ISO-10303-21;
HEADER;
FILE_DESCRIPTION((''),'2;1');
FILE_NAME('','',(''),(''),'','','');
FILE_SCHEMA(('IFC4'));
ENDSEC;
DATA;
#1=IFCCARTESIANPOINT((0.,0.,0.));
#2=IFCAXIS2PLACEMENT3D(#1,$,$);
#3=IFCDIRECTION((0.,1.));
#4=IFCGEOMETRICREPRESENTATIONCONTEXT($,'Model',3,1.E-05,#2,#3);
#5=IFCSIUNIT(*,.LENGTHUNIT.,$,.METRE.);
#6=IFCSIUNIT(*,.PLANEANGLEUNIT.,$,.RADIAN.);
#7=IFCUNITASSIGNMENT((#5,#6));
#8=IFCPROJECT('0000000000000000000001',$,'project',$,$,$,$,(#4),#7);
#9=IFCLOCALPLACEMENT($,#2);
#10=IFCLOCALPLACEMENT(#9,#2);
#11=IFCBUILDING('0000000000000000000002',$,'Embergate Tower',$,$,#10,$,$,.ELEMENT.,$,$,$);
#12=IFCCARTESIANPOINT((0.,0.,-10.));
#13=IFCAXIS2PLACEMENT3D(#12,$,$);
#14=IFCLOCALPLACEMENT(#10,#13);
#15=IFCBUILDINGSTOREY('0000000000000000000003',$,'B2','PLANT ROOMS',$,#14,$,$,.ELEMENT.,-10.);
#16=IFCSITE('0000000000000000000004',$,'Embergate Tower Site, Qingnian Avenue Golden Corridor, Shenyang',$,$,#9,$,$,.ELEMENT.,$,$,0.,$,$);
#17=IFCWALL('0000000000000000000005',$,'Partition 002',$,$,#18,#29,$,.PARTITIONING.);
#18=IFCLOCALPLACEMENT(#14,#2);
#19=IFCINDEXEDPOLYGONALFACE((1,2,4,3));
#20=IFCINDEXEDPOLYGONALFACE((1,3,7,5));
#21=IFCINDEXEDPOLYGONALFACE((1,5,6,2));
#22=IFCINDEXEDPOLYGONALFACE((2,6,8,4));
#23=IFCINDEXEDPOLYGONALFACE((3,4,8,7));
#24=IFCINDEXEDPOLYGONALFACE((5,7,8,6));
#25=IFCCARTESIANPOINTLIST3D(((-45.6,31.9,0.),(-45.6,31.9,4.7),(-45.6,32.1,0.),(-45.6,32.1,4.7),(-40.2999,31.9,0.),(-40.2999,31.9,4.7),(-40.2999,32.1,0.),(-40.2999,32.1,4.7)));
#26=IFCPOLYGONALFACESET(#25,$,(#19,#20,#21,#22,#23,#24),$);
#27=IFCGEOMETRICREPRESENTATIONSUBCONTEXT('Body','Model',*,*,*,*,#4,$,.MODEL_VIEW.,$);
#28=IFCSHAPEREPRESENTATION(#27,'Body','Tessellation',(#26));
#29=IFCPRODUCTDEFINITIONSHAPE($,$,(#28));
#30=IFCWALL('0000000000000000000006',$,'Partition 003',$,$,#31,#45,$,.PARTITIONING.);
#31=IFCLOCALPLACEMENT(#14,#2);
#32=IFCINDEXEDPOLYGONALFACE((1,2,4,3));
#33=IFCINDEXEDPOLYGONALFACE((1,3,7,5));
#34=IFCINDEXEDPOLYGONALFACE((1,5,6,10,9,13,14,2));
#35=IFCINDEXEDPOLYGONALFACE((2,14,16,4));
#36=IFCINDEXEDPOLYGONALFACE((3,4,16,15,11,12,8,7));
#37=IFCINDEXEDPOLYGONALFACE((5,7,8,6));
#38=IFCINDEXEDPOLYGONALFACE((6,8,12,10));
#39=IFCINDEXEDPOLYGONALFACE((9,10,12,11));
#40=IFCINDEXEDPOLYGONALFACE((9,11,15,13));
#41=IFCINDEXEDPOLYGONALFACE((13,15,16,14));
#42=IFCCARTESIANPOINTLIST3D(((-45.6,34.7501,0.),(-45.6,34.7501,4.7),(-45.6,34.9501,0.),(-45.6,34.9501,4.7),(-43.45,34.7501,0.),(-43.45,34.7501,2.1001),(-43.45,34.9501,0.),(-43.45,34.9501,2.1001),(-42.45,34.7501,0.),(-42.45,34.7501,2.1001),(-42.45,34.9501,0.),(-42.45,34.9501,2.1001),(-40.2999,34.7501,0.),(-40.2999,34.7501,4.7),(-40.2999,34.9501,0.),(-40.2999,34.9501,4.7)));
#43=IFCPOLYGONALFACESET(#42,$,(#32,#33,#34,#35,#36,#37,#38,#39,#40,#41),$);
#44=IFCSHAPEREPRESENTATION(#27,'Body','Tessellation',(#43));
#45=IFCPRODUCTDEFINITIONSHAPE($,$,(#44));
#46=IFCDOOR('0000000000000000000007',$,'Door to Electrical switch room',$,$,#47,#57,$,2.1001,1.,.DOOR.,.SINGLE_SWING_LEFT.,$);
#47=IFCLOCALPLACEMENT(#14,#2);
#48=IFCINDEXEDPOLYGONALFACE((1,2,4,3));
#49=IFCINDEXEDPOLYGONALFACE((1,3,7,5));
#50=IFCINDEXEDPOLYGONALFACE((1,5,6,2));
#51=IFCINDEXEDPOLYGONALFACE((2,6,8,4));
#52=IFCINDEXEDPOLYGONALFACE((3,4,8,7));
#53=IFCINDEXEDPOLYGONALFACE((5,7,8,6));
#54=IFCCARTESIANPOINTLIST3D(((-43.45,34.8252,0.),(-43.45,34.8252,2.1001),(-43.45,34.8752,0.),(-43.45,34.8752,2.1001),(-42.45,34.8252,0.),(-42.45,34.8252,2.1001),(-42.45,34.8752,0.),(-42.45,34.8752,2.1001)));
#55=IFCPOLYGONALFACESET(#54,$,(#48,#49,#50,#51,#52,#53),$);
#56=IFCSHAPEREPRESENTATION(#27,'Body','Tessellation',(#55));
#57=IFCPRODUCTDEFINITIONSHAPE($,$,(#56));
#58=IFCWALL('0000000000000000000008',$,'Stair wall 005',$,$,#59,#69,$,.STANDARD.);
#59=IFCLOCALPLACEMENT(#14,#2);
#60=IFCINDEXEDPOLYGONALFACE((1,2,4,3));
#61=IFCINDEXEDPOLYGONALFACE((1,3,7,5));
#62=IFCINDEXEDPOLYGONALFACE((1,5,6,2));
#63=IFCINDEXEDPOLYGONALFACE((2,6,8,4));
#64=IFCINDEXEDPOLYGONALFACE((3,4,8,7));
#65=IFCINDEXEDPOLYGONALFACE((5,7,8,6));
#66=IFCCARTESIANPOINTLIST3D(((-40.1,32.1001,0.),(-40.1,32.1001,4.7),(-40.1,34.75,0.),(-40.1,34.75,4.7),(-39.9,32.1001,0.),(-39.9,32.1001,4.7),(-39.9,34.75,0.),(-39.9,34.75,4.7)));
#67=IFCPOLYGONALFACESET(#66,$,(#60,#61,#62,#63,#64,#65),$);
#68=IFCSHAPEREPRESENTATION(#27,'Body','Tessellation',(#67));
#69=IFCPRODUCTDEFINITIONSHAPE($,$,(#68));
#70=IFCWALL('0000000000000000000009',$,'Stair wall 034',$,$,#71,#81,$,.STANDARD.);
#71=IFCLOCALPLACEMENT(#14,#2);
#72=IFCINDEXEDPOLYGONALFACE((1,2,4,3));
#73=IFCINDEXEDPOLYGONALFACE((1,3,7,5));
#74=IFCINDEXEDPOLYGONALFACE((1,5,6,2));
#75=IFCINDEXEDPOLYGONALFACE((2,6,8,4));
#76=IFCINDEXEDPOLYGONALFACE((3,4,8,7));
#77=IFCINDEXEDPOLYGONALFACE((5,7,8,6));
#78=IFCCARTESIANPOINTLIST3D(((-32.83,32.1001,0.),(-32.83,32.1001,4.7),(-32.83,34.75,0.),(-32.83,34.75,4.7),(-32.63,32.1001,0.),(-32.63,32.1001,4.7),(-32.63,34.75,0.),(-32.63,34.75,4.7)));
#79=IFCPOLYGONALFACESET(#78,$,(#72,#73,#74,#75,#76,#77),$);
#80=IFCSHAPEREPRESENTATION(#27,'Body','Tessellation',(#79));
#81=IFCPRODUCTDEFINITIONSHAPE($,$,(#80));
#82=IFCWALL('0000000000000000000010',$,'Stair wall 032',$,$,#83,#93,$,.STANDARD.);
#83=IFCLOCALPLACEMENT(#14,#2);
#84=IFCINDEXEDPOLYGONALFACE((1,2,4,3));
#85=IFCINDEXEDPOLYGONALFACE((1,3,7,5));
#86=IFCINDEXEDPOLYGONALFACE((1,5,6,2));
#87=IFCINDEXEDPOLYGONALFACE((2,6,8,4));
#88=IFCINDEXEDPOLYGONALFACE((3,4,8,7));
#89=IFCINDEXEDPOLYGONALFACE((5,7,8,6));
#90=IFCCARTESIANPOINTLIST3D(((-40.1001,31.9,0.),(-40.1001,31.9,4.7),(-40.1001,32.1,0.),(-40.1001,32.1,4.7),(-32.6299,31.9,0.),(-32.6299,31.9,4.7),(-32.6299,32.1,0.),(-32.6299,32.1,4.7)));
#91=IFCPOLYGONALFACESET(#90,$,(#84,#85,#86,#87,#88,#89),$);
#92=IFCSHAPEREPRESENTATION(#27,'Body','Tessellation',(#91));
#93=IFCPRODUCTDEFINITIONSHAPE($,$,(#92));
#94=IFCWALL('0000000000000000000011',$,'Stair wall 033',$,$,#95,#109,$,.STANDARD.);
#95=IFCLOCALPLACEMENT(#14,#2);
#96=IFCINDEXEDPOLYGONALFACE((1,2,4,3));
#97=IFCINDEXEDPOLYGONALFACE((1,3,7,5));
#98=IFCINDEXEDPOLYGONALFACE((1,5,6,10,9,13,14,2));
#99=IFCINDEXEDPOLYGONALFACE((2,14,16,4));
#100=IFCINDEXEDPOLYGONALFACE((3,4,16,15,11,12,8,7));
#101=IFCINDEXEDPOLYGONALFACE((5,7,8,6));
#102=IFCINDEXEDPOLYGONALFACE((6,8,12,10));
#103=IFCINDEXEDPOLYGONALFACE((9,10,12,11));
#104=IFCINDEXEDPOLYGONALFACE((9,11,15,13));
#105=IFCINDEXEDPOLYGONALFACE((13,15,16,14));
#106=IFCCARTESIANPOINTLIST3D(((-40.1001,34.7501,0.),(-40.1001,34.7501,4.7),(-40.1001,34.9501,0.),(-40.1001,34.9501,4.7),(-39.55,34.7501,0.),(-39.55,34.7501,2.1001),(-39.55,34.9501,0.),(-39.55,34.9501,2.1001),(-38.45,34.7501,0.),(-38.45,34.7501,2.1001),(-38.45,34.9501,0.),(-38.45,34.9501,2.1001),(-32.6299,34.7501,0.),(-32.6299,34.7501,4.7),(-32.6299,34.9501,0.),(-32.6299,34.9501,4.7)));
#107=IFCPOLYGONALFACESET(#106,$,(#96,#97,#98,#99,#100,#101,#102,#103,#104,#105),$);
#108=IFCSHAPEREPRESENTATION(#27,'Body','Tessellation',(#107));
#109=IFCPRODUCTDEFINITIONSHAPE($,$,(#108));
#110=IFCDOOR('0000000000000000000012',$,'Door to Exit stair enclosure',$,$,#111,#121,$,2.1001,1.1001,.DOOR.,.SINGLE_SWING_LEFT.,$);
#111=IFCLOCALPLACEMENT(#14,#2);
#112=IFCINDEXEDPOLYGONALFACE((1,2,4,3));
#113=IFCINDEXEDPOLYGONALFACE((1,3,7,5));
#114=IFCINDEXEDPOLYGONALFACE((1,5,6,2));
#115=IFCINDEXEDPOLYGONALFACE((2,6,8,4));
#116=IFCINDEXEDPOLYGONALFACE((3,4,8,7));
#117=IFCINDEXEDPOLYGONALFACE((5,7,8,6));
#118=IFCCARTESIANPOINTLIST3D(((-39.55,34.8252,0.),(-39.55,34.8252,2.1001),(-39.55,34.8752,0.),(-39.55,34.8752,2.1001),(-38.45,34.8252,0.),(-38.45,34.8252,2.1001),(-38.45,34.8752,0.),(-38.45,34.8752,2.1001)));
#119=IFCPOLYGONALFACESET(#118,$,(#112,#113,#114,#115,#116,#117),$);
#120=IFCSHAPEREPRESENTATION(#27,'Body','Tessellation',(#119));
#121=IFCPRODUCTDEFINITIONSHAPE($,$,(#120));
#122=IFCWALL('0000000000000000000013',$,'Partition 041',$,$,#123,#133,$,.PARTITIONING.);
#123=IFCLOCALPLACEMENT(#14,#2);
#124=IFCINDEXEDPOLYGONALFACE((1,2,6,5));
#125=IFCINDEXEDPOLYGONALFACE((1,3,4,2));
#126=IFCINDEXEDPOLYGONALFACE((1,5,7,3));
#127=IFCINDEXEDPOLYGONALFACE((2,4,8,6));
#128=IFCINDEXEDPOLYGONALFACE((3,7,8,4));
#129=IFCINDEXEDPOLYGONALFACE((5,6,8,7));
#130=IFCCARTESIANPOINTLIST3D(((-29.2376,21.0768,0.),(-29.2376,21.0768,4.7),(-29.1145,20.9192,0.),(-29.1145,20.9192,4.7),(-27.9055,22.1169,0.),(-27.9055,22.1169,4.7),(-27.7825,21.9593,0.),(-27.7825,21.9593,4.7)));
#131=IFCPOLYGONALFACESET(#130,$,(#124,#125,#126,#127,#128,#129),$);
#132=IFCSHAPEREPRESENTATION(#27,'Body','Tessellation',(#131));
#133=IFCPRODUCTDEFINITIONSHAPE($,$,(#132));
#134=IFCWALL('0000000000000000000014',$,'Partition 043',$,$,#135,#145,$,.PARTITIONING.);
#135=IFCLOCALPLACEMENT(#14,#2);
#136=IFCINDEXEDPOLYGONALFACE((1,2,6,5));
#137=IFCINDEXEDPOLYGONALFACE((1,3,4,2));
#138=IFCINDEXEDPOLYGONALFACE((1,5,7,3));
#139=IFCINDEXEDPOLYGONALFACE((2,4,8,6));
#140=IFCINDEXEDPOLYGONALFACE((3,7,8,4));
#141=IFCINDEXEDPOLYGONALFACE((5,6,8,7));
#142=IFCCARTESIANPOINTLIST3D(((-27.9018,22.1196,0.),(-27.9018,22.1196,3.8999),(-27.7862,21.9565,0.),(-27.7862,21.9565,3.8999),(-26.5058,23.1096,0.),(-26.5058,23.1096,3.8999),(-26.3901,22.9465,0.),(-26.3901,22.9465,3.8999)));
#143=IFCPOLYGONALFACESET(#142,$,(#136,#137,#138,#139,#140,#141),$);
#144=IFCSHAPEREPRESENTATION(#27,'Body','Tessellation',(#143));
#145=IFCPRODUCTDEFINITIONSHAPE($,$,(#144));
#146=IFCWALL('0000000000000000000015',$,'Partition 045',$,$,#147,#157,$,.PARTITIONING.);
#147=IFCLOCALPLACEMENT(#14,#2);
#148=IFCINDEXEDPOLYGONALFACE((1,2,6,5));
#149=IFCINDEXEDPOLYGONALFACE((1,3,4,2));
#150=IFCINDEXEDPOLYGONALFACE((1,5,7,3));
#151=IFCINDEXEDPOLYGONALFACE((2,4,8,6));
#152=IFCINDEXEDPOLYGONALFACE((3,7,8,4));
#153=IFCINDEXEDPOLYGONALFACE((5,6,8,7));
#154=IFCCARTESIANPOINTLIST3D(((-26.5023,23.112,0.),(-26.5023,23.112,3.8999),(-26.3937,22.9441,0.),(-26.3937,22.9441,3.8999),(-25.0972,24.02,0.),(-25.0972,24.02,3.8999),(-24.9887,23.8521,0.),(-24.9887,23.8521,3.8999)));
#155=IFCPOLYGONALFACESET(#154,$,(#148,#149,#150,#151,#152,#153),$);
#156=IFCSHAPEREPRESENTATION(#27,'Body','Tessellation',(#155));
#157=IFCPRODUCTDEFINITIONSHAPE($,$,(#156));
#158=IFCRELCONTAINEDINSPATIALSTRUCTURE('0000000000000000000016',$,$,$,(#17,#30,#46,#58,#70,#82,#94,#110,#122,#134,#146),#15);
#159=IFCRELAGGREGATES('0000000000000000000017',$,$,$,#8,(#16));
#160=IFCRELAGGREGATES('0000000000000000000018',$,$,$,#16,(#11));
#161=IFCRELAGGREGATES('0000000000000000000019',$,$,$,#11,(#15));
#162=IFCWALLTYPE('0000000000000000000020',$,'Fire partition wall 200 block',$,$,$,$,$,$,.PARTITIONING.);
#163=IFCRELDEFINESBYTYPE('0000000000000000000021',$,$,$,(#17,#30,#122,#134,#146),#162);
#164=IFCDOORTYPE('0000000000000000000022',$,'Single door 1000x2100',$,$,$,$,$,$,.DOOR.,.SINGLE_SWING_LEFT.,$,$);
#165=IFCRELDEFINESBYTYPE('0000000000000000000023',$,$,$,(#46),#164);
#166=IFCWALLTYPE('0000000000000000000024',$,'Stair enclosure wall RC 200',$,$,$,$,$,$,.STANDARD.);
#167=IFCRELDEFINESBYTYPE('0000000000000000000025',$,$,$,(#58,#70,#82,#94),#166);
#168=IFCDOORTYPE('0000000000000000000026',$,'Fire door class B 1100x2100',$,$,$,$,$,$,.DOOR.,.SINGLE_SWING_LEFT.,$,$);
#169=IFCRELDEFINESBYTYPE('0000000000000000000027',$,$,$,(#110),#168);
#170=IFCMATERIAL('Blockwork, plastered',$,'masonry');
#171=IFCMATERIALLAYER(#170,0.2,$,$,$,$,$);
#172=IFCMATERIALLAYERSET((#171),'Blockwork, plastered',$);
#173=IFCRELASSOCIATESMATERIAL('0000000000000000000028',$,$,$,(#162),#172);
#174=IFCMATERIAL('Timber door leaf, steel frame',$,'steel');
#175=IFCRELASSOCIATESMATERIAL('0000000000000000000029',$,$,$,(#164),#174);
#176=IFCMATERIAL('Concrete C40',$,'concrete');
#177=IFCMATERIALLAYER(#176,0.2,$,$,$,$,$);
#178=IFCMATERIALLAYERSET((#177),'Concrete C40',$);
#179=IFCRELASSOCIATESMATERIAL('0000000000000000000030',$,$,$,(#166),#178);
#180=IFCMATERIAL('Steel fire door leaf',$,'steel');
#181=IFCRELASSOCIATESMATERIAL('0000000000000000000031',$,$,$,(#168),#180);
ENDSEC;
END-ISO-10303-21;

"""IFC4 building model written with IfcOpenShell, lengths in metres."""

from ifc_helpers import new_model, si_unit, direction, frame, frame_2d, origin, place, context, subcontext, project, spatial, rectangle, extrude, source, transform, mapped, material, layer, layer_set, type_object, element, fill, save


model = new_model("IFC4")

# Units and contexts
model_context = context("Model", 3, precision=1e-05, world=origin(), true_north=direction((0.0, 1.0)))
body_context = subcontext(model_context, "Body", "Model", "MODEL_VIEW")
ifc_project = project(units=[si_unit("LENGTHUNIT", "METRE"), si_unit("PLANEANGLEUNIT", "RADIAN")], contexts=[model_context])

# Site, building, storey
site_placement = place(None, origin())
site = spatial("IfcSite", under=ifc_project, at=site_placement, Name="Embergate Tower Site, Qingnian Avenue Golden Corridor, Shenyang", CompositionType="ELEMENT", RefElevation=0.0)
building_placement = place(site_placement, origin())
building = spatial("IfcBuilding", under=site, at=building_placement, Name="Embergate Tower", CompositionType="ELEMENT")
storey_placement = place(building_placement, frame((0.0, 0.0, -10.0)))
storey = spatial("IfcBuildingStorey", under=building, at=storey_placement, Name="B2", Description="PLANT ROOMS", CompositionType="ELEMENT", Elevation=-10.0)

# Shared definitions
ifc_material_1 = material(Name="Concrete C40", Category="concrete")

# Wall
ifc_material_2 = material(Name="Blockwork, plastered", Category="masonry")
ifc_layer_1 = layer(ifc_material_2, 0.2)
ifc_layer_set_1 = layer_set([ifc_layer_1], Name="Blockwork, plastered")
wall_type_1 = type_object("IfcWallType", Name="Fire partition wall 200 block", PredefinedType="PARTITIONING", material=ifc_layer_set_1)
shared_shape_1 = source(origin(), body_context, "Body", "SweptSolid", [
    extrude(rectangle(XDim=5.3, YDim=0.2, at=frame_2d((2.6499, 0.0))), origin(), (0.0, 0.0, 1.0), 4.7),
])
wall_1_placement = place(storey_placement, frame((-40.3, 32.0, 0.0), z_axis=(0.0, 0.0, 1.0), x_axis=(-1.0, 0.0, 0.0)))
element("IfcWall", 1, at=wall_1_placement, inside=storey, type_object=wall_type_1, Name="Partition 002", PredefinedType="PARTITIONING", context=body_context, shape_type="MappedRepresentation", body=[
    mapped(shared_shape_1, transform((0.0, 0.0, 0.0))),
])

# Wall, opening, door
wall_2_placement = place(storey_placement, frame((-40.3, 34.8501, 0.0), z_axis=(0.0, 0.0, 1.0), x_axis=(-1.0, 0.0, 0.0)))
wall_2 = element("IfcWall", 2, at=wall_2_placement, inside=storey, type_object=wall_type_1, Name="Partition 003", PredefinedType="PARTITIONING", context=body_context, shape_type="MappedRepresentation", body=[
    mapped(shared_shape_1, transform((0.0, 0.0, 0.0))),
])
shared_shape_2 = source(origin(), body_context, "Body", "SweptSolid", [
    extrude(rectangle(XDim=1.0, YDim=2.1001, at=frame_2d((0.5, 1.05))), frame((0.0, 0.1099, 0.0), z_axis=(0.0, -1.0, 0.0), x_axis=(1.0, 0.0, 0.0)), (0.0, 0.0, 1.0), 0.22),
])
opening_1_placement = place(wall_2_placement, frame((2.1499, 0.0, 0.0)))
opening_1 = element("IfcOpeningElement", 3, at=opening_1_placement, cuts=wall_2, PredefinedType="OPENING", context=body_context, shape_type="MappedRepresentation", body=[
    mapped(shared_shape_2, transform((0.0, 0.0, 0.0))),
])
ifc_material_3 = material(Name="Timber door leaf, steel frame", Category="steel")
door_type_1 = type_object("IfcDoorType", Name="Single door 1000x2100", OperationType="SINGLE_SWING_LEFT", PredefinedType="DOOR", material=ifc_material_3)
shared_shape_3 = source(origin(), body_context, "Body", "SweptSolid", [
    extrude(rectangle(XDim=1.0, YDim=2.1001, at=frame_2d((0.5, 1.05))), frame((0.0, 0.0249, 0.0), z_axis=(0.0, -1.0, 0.0), x_axis=(1.0, 0.0, 0.0)), (0.0, 0.0, 1.0), 0.05),
])
door_1_placement = place(opening_1_placement, origin())
door_1 = element("IfcDoor", 4, at=door_1_placement, inside=storey, type_object=door_type_1, Name="Door to Electrical switch room", OperationType="SINGLE_SWING_LEFT", OverallHeight=2.1001, OverallWidth=1.0, PredefinedType="DOOR", context=body_context, shape_type="MappedRepresentation", body=[
    mapped(shared_shape_3, transform((0.0, 0.0, 0.0))),
])
fill(opening_1, door_1)

# Walls
ifc_layer_2 = layer(ifc_material_1, 0.2)
ifc_layer_set_2 = layer_set([ifc_layer_2], Name="Concrete C40")
wall_type_2 = type_object("IfcWallType", Name="Stair enclosure wall RC 200", PredefinedType="STANDARD", material=ifc_layer_set_2)
shared_shape_4 = source(origin(), body_context, "Body", "SweptSolid", [
    extrude(rectangle(XDim=2.6499, YDim=0.2, at=frame_2d((1.325, 0.0))), origin(), (0.0, 0.0, 1.0), 4.7),
])
for number, where, z_axis, x_axis, name in (
    (5, (-40.0, 32.1001, 0.0), (0.0, 0.0, 1.0), (0.0, 1.0, 0.0), "Stair wall 005"),
    (6, (-32.73, 34.75, 0.0), (0.0, 0.0, 1.0), (0.0, -1.0, 0.0), "Stair wall 034"),
):
    element("IfcWall", number, at=place(storey_placement, frame(where, z_axis=z_axis, x_axis=x_axis)), inside=storey, type_object=wall_type_2, Name=name, PredefinedType="STANDARD", context=body_context, shape_type="MappedRepresentation", body=[
        mapped(shared_shape_4, transform((0.0, 0.0, 0.0))),
    ])
shared_shape_5 = source(origin(), body_context, "Body", "SweptSolid", [
    extrude(rectangle(XDim=7.4702, YDim=0.2, at=frame_2d((3.7351, 0.0))), origin(), (0.0, 0.0, 1.0), 4.7),
])
wall_3_placement = place(storey_placement, frame((-32.6299, 32.0, 0.0), z_axis=(0.0, 0.0, 1.0), x_axis=(-1.0, 0.0, 0.0)))
element("IfcWall", 7, at=wall_3_placement, inside=storey, type_object=wall_type_2, Name="Stair wall 032", PredefinedType="STANDARD", context=body_context, shape_type="MappedRepresentation", body=[
    mapped(shared_shape_5, transform((0.0, 0.0, 0.0))),
])

# Wall, opening, door
wall_4_placement = place(storey_placement, frame((-32.6299, 34.8501, 0.0), z_axis=(0.0, 0.0, 1.0), x_axis=(-1.0, 0.0, 0.0)))
wall_4 = element("IfcWall", 8, at=wall_4_placement, inside=storey, type_object=wall_type_2, Name="Stair wall 033", PredefinedType="STANDARD", context=body_context, shape_type="MappedRepresentation", body=[
    mapped(shared_shape_5, transform((0.0, 0.0, 0.0))),
])
shared_shape_6 = source(origin(), body_context, "Body", "SweptSolid", [
    extrude(rectangle(XDim=1.1001, YDim=2.1001, at=frame_2d((0.55, 1.05))), frame((0.0, 0.1099, 0.0), z_axis=(0.0, -1.0, 0.0), x_axis=(1.0, 0.0, 0.0)), (0.0, 0.0, 1.0), 0.22),
])
opening_2_placement = place(wall_4_placement, frame((5.8201, 0.0, 0.0)))
opening_2 = element("IfcOpeningElement", 9, at=opening_2_placement, cuts=wall_4, PredefinedType="OPENING", context=body_context, shape_type="MappedRepresentation", body=[
    mapped(shared_shape_6, transform((0.0, 0.0, 0.0))),
])
ifc_material_4 = material(Name="Steel fire door leaf", Category="steel")
door_type_2 = type_object("IfcDoorType", Name="Fire door class B 1100x2100", OperationType="SINGLE_SWING_LEFT", PredefinedType="DOOR", material=ifc_material_4)
shared_shape_7 = source(origin(), body_context, "Body", "SweptSolid", [
    extrude(rectangle(XDim=1.1001, YDim=2.1001, at=frame_2d((0.55, 1.05))), frame((0.0, 0.0249, 0.0), z_axis=(0.0, -1.0, 0.0), x_axis=(1.0, 0.0, 0.0)), (0.0, 0.0, 1.0), 0.05),
])
door_2_placement = place(opening_2_placement, origin())
door_2 = element("IfcDoor", 10, at=door_2_placement, inside=storey, type_object=door_type_2, Name="Door to Exit stair enclosure", OperationType="SINGLE_SWING_LEFT", OverallHeight=2.1001, OverallWidth=1.1001, PredefinedType="DOOR", context=body_context, shape_type="MappedRepresentation", body=[
    mapped(shared_shape_7, transform((0.0, 0.0, 0.0))),
])
fill(opening_2, door_2)

# Walls
shared_shape_8 = source(origin(), body_context, "Body", "SweptSolid", [
    extrude(rectangle(XDim=1.6899, YDim=0.2, at=frame_2d((0.845, 0.0))), origin(), (0.0, 0.0, 1.0), 4.7),
])
wall_5_placement = place(storey_placement, frame((-29.176, 20.998, 0.0), z_axis=(0.0, 0.0, 1.0), x_axis=(0.7882, 0.61542, 0.0)))
element("IfcWall", 11, at=wall_5_placement, inside=storey, type_object=wall_type_1, Name="Partition 041", PredefinedType="PARTITIONING", context=body_context, shape_type="MappedRepresentation", body=[
    mapped(shared_shape_8, transform((0.0, 0.0, 0.0))),
])
shared_shape_9 = source(origin(), body_context, "Body", "SweptSolid", [
    extrude(rectangle(XDim=1.7114, YDim=0.2, at=frame_2d((0.8557, 0.0))), origin(), (0.0, 0.0, 1.0), 3.8999),
])
wall_6_placement = place(storey_placement, frame((-27.844, 22.0381, 0.0), z_axis=(0.0, 0.0, 1.0), x_axis=(0.815705, 0.578468, 0.0)))
element("IfcWall", 12, at=wall_6_placement, inside=storey, type_object=wall_type_1, Name="Partition 043", PredefinedType="PARTITIONING", context=body_context, shape_type="MappedRepresentation", body=[
    mapped(shared_shape_9, transform((0.0, 0.0, 0.0))),
])
shared_shape_10 = source(origin(), body_context, "Body", "SweptSolid", [
    extrude(rectangle(XDim=1.6729, YDim=0.2, at=frame_2d((0.8364, 0.0))), origin(), (0.0, 0.0, 1.0), 3.8999),
])
wall_7_placement = place(storey_placement, frame((-26.448, 23.0281, 0.0), z_axis=(0.0, 0.0, 1.0), x_axis=(0.839891, 0.542755, 0.0)))
element("IfcWall", 13, at=wall_7_placement, inside=storey, type_object=wall_type_1, Name="Partition 045", PredefinedType="PARTITIONING", context=body_context, shape_type="MappedRepresentation", body=[
    mapped(shared_shape_10, transform((0.0, 0.0, 0.0))),
])

save(model, "model.ifc")
